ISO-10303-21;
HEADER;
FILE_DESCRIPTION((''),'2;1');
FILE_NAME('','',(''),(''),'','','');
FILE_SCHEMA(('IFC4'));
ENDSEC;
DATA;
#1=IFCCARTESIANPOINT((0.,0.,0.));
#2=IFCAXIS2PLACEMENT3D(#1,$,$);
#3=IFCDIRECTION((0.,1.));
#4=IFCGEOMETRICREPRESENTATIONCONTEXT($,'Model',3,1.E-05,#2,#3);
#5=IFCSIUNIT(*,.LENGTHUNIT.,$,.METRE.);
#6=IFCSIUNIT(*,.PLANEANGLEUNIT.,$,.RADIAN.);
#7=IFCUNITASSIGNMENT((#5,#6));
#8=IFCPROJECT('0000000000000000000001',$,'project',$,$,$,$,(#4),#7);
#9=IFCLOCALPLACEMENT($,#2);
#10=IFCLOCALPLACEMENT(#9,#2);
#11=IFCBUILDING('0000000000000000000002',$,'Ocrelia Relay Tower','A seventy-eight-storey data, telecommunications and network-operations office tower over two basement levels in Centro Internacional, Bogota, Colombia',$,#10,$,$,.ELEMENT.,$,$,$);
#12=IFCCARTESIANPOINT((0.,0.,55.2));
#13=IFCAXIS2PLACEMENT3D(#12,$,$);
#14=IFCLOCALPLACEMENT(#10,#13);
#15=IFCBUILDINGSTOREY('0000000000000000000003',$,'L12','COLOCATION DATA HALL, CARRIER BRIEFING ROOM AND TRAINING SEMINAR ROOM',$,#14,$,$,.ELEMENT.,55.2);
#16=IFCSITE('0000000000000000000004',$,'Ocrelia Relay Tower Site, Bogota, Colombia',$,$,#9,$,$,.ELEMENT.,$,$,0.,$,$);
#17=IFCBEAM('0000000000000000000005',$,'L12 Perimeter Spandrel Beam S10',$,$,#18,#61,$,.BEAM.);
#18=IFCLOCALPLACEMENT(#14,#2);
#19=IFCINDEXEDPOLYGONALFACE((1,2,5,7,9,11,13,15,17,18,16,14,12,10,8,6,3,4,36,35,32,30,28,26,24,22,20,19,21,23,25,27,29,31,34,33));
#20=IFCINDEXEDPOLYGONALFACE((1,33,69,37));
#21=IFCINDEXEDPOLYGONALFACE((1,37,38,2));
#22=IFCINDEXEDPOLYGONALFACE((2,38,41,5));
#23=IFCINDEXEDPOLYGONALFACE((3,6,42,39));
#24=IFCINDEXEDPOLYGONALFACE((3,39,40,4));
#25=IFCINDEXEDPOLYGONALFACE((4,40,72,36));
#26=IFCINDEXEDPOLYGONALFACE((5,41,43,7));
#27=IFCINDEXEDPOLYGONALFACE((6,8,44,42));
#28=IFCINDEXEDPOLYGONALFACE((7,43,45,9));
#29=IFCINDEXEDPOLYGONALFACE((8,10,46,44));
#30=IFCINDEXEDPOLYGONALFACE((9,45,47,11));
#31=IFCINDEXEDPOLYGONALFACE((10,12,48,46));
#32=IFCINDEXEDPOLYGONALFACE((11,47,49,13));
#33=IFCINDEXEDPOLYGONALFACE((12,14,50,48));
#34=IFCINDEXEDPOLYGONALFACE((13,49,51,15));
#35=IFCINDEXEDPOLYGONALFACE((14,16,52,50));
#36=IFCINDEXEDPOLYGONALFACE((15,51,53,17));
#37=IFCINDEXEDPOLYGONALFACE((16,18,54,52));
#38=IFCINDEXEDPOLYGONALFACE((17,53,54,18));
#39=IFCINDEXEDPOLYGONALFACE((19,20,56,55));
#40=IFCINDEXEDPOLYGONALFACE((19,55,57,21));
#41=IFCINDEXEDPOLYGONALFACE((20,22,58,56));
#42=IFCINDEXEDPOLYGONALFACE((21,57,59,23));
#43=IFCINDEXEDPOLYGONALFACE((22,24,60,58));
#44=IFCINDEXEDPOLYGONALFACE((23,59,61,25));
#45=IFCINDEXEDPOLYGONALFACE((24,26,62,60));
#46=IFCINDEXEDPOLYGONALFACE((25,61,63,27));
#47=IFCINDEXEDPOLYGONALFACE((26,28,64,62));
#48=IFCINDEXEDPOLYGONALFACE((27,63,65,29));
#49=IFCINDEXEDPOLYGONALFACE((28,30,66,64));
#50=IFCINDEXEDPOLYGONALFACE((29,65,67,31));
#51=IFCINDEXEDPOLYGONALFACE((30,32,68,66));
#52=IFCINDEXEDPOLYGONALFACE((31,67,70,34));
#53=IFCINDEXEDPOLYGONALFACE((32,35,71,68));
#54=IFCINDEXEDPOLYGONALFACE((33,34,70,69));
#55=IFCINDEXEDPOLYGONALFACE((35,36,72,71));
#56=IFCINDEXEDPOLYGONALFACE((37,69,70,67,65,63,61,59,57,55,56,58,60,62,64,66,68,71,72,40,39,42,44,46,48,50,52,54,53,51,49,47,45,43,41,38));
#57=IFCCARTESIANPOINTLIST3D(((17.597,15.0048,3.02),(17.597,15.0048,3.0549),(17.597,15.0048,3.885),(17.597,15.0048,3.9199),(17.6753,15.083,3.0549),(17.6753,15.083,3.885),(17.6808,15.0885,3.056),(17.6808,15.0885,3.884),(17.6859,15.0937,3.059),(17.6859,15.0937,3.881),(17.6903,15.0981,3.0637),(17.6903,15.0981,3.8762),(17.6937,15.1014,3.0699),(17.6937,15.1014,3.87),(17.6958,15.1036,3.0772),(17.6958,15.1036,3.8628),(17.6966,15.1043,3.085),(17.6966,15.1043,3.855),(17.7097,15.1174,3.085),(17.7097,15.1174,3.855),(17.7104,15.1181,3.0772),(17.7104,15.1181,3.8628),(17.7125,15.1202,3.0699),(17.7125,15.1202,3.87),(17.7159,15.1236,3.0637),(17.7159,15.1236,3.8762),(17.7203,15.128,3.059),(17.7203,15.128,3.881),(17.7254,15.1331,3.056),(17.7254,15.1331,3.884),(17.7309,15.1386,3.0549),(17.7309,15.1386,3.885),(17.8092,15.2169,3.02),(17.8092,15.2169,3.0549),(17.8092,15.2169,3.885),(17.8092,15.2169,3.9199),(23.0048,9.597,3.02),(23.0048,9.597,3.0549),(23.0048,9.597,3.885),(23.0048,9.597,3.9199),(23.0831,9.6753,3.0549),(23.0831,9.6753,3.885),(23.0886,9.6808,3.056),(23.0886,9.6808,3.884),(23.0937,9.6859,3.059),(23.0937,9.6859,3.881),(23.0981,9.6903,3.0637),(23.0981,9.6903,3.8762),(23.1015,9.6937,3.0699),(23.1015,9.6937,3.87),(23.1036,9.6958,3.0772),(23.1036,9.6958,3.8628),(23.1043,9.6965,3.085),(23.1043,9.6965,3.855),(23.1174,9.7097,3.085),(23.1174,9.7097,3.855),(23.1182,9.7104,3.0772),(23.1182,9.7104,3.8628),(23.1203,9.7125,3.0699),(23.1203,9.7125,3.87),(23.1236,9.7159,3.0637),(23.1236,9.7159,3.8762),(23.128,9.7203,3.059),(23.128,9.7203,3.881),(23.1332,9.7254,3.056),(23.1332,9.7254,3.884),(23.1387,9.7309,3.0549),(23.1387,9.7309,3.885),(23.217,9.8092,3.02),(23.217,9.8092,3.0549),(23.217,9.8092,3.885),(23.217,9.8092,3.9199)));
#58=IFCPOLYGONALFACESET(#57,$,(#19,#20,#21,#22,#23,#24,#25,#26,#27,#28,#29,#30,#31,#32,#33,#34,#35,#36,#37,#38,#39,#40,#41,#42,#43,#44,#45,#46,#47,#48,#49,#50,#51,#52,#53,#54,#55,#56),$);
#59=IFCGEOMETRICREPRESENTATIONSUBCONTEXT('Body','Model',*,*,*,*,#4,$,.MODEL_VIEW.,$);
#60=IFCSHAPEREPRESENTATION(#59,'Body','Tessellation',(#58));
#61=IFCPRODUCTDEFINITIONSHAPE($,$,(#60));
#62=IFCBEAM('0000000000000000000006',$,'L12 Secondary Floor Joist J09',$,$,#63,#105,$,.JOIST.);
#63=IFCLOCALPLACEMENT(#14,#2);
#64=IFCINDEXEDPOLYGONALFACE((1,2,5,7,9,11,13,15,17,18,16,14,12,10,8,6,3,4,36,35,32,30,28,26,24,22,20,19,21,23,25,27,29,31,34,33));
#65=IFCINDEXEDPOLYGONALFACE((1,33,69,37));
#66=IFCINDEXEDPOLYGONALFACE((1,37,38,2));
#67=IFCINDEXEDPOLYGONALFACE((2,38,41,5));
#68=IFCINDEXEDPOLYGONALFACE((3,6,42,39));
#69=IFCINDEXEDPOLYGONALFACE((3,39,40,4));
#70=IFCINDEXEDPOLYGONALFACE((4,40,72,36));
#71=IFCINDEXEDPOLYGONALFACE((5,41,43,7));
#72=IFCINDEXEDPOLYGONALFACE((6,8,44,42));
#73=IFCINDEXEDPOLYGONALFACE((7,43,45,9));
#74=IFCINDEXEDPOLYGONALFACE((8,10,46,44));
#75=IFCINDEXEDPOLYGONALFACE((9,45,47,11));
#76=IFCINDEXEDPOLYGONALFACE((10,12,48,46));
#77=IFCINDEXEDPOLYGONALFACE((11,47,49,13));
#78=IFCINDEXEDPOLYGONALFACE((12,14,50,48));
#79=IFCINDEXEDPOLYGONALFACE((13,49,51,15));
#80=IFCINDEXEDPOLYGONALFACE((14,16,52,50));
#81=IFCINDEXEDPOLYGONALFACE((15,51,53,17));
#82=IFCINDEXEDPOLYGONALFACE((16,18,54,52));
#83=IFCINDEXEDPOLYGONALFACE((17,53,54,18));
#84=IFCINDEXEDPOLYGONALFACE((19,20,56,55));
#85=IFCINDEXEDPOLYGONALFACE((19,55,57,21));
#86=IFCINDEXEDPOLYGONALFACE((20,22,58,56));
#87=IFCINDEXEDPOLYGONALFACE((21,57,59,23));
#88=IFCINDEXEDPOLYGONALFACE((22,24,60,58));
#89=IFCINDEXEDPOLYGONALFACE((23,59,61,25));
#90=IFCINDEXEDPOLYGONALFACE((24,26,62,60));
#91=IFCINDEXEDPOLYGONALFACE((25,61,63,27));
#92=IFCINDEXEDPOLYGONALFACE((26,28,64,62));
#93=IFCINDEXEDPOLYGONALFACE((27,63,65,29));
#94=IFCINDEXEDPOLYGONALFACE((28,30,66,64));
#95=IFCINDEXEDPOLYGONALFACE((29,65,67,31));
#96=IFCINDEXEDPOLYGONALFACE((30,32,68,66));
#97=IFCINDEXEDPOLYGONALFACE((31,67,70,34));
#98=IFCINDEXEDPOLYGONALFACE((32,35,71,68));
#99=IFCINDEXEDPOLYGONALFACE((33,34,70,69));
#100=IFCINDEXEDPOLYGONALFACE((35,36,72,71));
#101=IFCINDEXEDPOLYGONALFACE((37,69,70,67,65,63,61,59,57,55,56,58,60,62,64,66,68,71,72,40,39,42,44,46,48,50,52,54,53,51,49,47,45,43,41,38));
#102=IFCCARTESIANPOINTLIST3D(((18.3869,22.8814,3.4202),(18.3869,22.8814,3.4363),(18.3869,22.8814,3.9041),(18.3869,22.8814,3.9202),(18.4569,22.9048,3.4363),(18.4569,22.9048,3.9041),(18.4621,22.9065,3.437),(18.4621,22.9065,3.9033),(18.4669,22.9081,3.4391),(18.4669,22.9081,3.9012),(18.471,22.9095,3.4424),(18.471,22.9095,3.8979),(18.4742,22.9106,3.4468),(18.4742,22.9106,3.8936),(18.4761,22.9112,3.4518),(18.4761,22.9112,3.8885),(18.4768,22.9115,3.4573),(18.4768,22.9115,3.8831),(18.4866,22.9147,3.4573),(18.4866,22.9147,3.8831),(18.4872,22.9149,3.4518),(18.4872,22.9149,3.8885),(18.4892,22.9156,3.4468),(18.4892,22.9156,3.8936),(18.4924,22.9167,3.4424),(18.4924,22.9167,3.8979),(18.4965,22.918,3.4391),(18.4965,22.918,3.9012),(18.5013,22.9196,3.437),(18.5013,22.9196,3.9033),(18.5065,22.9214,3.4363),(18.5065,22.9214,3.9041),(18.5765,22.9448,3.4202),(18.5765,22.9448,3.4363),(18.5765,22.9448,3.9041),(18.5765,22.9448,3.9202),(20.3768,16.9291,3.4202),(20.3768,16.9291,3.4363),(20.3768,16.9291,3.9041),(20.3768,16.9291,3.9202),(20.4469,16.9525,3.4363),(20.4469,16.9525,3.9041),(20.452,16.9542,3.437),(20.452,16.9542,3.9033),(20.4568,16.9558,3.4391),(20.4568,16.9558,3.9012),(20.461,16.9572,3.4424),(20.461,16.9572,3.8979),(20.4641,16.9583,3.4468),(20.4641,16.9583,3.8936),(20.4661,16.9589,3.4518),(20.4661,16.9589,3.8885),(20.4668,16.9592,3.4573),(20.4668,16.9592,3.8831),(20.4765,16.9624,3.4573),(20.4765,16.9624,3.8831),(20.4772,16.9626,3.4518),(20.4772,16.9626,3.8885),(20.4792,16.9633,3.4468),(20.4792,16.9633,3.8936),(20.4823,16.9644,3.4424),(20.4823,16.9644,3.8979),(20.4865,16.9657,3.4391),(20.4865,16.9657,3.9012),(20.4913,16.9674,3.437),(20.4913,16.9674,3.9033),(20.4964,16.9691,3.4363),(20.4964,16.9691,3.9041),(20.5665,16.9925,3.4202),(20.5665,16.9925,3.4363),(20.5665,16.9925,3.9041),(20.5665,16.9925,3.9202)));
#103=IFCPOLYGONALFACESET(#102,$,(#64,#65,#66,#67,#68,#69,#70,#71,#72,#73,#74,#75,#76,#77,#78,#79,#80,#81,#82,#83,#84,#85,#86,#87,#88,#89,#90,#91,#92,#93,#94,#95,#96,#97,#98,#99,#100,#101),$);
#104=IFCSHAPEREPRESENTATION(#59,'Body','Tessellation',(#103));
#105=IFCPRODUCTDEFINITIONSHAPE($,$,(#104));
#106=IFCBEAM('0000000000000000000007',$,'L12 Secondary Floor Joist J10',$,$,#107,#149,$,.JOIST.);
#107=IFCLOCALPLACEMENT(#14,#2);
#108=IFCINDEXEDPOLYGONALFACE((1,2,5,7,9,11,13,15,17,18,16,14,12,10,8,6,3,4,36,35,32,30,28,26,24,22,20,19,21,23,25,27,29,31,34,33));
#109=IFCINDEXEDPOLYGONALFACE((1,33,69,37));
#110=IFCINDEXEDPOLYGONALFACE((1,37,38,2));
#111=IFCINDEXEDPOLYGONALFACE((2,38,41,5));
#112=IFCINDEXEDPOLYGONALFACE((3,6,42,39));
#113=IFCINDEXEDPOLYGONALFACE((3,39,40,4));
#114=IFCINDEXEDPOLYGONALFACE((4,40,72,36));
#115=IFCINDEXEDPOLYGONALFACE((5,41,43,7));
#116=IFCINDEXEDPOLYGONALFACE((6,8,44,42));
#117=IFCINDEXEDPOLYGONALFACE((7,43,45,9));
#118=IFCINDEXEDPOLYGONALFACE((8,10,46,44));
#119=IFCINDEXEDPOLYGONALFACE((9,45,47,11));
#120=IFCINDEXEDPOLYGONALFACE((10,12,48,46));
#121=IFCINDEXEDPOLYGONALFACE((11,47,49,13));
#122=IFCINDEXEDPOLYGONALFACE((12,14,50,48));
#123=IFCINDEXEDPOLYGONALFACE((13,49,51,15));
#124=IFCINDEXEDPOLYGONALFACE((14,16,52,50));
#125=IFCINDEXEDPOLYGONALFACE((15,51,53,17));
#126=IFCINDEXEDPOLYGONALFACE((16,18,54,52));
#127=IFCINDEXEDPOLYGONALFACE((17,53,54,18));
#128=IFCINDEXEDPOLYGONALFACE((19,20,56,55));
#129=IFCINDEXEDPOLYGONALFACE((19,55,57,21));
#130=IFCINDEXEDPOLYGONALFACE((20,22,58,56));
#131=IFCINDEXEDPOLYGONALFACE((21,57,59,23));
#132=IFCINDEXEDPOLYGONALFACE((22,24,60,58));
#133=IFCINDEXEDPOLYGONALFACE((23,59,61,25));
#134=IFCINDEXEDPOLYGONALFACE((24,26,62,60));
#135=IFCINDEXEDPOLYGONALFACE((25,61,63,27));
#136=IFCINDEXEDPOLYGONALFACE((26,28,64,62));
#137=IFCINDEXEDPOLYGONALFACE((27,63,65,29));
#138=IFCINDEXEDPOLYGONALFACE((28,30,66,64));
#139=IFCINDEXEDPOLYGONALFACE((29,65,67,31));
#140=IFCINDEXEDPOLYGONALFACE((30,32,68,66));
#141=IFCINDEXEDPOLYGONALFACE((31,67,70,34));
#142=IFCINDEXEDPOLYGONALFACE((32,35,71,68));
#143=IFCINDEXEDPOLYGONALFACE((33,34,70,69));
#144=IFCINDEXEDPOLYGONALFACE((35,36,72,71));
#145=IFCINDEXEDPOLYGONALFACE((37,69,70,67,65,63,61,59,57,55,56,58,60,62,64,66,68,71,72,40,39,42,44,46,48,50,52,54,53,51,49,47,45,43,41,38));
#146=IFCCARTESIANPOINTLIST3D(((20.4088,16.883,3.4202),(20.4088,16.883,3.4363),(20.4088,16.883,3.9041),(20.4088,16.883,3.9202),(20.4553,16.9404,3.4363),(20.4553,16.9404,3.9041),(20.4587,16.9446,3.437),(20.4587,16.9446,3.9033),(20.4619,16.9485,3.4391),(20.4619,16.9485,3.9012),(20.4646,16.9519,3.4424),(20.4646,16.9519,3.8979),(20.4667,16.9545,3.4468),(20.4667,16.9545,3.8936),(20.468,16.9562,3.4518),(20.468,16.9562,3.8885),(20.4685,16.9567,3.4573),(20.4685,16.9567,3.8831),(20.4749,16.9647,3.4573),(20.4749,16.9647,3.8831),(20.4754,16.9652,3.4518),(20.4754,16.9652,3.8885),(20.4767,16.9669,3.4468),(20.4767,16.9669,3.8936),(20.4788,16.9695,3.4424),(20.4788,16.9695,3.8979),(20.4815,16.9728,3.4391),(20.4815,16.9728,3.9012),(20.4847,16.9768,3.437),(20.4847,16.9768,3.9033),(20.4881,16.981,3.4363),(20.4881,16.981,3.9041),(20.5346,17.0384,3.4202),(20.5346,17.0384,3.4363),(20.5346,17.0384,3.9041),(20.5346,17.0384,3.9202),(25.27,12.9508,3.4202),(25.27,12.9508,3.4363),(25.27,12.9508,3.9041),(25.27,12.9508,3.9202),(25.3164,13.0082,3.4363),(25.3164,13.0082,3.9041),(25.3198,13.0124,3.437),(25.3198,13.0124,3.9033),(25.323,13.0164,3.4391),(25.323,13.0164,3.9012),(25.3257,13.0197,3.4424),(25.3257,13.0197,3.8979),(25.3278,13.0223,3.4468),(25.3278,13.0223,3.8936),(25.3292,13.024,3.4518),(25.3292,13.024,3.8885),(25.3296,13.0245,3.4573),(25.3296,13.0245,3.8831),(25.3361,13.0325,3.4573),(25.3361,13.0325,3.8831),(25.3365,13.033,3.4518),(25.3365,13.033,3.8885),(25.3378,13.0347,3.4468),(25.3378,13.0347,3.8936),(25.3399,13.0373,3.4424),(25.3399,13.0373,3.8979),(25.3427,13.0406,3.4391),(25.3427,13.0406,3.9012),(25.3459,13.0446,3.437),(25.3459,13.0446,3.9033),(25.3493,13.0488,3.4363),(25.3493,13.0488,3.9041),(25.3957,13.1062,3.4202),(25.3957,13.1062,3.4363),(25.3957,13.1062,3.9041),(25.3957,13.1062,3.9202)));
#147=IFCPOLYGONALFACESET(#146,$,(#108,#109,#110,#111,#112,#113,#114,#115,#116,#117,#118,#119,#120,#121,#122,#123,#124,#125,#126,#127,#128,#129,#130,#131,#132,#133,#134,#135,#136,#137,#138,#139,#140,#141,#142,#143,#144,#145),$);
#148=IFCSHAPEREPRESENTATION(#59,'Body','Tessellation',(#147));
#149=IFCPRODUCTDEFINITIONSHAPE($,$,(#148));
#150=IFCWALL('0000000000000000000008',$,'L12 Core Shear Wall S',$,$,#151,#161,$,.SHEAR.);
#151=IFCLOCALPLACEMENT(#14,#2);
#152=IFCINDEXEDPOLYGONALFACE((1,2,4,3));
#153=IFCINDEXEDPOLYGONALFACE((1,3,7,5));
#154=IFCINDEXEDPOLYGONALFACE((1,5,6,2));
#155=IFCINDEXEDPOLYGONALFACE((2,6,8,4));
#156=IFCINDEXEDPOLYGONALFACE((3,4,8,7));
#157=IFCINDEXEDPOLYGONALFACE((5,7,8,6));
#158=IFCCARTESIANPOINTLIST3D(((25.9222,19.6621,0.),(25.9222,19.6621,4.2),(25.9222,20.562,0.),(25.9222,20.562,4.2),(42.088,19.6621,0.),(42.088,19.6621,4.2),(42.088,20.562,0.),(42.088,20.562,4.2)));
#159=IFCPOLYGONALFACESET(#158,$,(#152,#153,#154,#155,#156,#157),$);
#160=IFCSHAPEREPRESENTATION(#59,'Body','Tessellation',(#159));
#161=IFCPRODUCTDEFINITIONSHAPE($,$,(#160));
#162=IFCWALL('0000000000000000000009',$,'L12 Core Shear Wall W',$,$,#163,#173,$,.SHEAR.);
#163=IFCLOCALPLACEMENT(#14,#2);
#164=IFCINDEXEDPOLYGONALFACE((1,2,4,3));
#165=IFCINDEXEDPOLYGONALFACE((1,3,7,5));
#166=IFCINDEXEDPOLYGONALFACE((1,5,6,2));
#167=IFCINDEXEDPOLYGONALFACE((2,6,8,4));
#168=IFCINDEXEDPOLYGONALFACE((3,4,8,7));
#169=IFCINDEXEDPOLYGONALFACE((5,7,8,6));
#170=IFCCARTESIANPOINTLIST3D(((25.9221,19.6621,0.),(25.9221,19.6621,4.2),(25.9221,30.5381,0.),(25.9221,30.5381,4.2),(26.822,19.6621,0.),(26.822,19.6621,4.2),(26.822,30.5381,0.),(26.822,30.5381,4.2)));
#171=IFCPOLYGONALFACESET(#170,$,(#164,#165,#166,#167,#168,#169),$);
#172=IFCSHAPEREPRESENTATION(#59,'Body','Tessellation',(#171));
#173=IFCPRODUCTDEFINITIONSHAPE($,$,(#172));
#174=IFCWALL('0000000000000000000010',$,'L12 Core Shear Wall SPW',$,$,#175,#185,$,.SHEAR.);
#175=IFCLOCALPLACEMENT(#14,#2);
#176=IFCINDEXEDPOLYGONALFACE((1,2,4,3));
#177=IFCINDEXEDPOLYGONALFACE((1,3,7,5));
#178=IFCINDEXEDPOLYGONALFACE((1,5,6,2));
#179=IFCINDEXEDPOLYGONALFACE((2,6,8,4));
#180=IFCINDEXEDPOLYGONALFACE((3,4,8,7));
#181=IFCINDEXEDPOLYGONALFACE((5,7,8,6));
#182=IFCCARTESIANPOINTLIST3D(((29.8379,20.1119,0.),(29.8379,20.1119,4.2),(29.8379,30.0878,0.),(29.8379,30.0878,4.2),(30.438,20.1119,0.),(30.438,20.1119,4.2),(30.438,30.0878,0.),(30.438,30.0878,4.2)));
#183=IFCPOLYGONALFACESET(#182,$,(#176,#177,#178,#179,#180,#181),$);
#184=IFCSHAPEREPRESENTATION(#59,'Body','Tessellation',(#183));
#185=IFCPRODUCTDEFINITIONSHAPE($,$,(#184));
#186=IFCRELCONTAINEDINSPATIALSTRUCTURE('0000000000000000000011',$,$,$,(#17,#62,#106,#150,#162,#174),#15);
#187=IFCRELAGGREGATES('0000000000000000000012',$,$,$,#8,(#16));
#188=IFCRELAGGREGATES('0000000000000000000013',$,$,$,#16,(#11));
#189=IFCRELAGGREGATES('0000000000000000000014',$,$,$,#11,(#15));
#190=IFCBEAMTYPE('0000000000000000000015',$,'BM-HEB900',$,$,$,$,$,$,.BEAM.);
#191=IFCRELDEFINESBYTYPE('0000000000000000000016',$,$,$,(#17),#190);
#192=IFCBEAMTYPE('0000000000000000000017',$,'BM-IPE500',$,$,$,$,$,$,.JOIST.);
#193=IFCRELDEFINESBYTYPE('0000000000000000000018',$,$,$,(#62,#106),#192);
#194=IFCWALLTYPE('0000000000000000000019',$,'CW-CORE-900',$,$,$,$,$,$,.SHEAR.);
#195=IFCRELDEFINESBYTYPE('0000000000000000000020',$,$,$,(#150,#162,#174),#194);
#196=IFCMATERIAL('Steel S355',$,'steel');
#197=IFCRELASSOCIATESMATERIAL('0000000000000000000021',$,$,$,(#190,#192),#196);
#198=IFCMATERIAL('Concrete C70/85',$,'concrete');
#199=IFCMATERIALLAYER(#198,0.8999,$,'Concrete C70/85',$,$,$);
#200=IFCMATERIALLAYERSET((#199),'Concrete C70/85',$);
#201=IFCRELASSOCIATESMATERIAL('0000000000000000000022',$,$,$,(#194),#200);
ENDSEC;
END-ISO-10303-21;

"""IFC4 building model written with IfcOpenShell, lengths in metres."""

from ifc_helpers import new_model, si_unit, direction, frame, frame_2d, origin, origin_2d, place, context, subcontext, project, spatial, rectangle, i_section, extrude, material, layer, layer_set, material_profile, profile_set, type_object, element, save


model = new_model("IFC4")

# Units and contexts
model_context = context("Model", 3, precision=1e-05, world=origin(), true_north=direction((0.0, 1.0)))
body_context = subcontext(model_context, "Body", "Model", "MODEL_VIEW")
ifc_project = project(units=[si_unit("LENGTHUNIT", "METRE"), si_unit("PLANEANGLEUNIT", "RADIAN")], contexts=[model_context])

# Site, building, storey
site_placement = place(None, origin())
site = spatial("IfcSite", under=ifc_project, at=site_placement, Name="Ocrelia Relay Tower Site, Bogota, Colombia", CompositionType="ELEMENT", RefElevation=0.0)
building_placement = place(site_placement, origin())
building = spatial("IfcBuilding", under=site, at=building_placement, Name="Ocrelia Relay Tower", Description="A seventy-eight-storey data, telecommunications and network-operations office tower over two basement levels in Centro Internacional, Bogota, Colombia", CompositionType="ELEMENT")
storey_placement = place(building_placement, frame((0.0, 0.0, 55.2)))
storey = spatial("IfcBuildingStorey", under=building, at=storey_placement, Name="L12", Description="COLOCATION DATA HALL, CARRIER BRIEFING ROOM AND TRAINING SEMINAR ROOM", CompositionType="ELEMENT", Elevation=55.2)

# Shared definitions
ifc_material_1 = material(Name="Concrete C70/85", Category="concrete")

# Beams
ifc_material_2 = material(Name="Steel S355", Category="steel")
ifc_material_profile_1 = material_profile(ifc_material_2, i_section(OverallWidth=0.3, OverallDepth=0.8999, WebThickness=0.0186, FlangeThickness=0.0349, FilletRadius=0.03, at=origin_2d()), Name="HEB 900")
ifc_profile_set_1 = profile_set([ifc_material_profile_1], Name="Steel S355")
beam_type_1 = type_object("IfcBeamType", Name="BM-HEB900", PredefinedType="BEAM", material=ifc_profile_set_1)
beam_1_placement = place(storey_placement, frame((17.7031, 15.1108, 3.47), z_axis=(0.707107, -0.707107, 0.0), x_axis=(0.707107, 0.707107, 0.0)))
element("IfcBeam", 1, at=beam_1_placement, inside=storey, type_object=beam_type_1, Name="L12 Perimeter Spandrel Beam S10", PredefinedType="BEAM", context=body_context, shape_type="SweptSolid", body=[
    extrude(i_section(OverallWidth=0.3, OverallDepth=0.8999, WebThickness=0.0186, FlangeThickness=0.0349, FilletRadius=0.03, at=origin_2d()), origin(), (0.0, 0.0, 1.0), 7.6477),
])
ifc_material_profile_2 = material_profile(ifc_material_2, i_section(OverallWidth=0.2, OverallDepth=0.5, WebThickness=0.0103, FlangeThickness=0.0161, FilletRadius=0.021, at=origin_2d()), Name="IPE 500")
ifc_profile_set_2 = profile_set([ifc_material_profile_2], Name="Steel S355")
beam_type_2 = type_object("IfcBeamType", Name="BM-IPE500", PredefinedType="JOIST", material=ifc_profile_set_2)
beam_2_placement = place(storey_placement, frame((18.4817, 22.9131, 3.6702), z_axis=(0.317068, -0.948403, 0.0), x_axis=(0.948403, 0.317068, 0.0)))
element("IfcBeam", 2, at=beam_2_placement, inside=storey, type_object=beam_type_2, Name="L12 Secondary Floor Joist J09", PredefinedType="JOIST", context=body_context, shape_type="SweptSolid", body=[
    extrude(i_section(OverallWidth=0.2, OverallDepth=0.5, WebThickness=0.0103, FlangeThickness=0.0161, FilletRadius=0.021, at=origin_2d()), origin(), (0.0, 0.0, 1.0), 6.2761),
])
beam_3_placement = place(storey_placement, frame((20.4717, 16.9607, 3.6702), z_axis=(0.777482, -0.628905, 0.0), x_axis=(0.628905, 0.777482, 0.0)))
element("IfcBeam", 3, at=beam_3_placement, inside=storey, type_object=beam_type_2, Name="L12 Secondary Floor Joist J10", PredefinedType="JOIST", context=body_context, shape_type="SweptSolid", body=[
    extrude(i_section(OverallWidth=0.2, OverallDepth=0.5, WebThickness=0.0103, FlangeThickness=0.0161, FilletRadius=0.021, at=origin_2d()), origin(), (0.0, 0.0, 1.0), 6.2524),
])

# Walls
ifc_layer_1 = layer(ifc_material_1, 0.8999, Name="Concrete C70/85")
ifc_layer_set_1 = layer_set([ifc_layer_1], Name="Concrete C70/85")
wall_type_1 = type_object("IfcWallType", Name="CW-CORE-900", PredefinedType="SHEAR", material=ifc_layer_set_1)
wall_1_placement = place(storey_placement, frame((25.9221, 20.1121, 0.0), z_axis=(0.0, 0.0, 1.0), x_axis=(1.0, 0.0, 0.0)))
element("IfcWall", 4, at=wall_1_placement, inside=storey, type_object=wall_type_1, Name="L12 Core Shear Wall S", PredefinedType="SHEAR", context=body_context, shape_type="SweptSolid", body=[
    extrude(rectangle(XDim=16.1658, YDim=0.8999, at=frame_2d((8.083, 0.0))), origin(), (0.0, 0.0, 1.0), 4.2),
])
wall_2_placement = place(storey_placement, frame((26.3721, 19.6621, 0.0), z_axis=(0.0, 0.0, 1.0), x_axis=(0.0, 1.0, 0.0)))
element("IfcWall", 5, at=wall_2_placement, inside=storey, type_object=wall_type_1, Name="L12 Core Shear Wall W", PredefinedType="SHEAR", context=body_context, shape_type="SweptSolid", body=[
    extrude(rectangle(XDim=10.876, YDim=0.8999, at=frame_2d((5.438, 0.0))), origin(), (0.0, 0.0, 1.0), 4.2),
])
wall_3_placement = place(storey_placement, frame((30.1379, 20.1121, 0.0), z_axis=(0.0, 0.0, 1.0), x_axis=(0.0, 1.0, 0.0)))
element("IfcWall", 6, at=wall_3_placement, inside=storey, type_object=wall_type_1, Name="L12 Core Shear Wall SPW", PredefinedType="SHEAR", context=body_context, shape_type="SweptSolid", body=[
    extrude(rectangle(XDim=9.9758, YDim=0.6001, at=frame_2d((4.9878, 0.0))), origin(), (0.0, 0.0, 1.0), 4.2),
])

save(model, "model.ifc")
